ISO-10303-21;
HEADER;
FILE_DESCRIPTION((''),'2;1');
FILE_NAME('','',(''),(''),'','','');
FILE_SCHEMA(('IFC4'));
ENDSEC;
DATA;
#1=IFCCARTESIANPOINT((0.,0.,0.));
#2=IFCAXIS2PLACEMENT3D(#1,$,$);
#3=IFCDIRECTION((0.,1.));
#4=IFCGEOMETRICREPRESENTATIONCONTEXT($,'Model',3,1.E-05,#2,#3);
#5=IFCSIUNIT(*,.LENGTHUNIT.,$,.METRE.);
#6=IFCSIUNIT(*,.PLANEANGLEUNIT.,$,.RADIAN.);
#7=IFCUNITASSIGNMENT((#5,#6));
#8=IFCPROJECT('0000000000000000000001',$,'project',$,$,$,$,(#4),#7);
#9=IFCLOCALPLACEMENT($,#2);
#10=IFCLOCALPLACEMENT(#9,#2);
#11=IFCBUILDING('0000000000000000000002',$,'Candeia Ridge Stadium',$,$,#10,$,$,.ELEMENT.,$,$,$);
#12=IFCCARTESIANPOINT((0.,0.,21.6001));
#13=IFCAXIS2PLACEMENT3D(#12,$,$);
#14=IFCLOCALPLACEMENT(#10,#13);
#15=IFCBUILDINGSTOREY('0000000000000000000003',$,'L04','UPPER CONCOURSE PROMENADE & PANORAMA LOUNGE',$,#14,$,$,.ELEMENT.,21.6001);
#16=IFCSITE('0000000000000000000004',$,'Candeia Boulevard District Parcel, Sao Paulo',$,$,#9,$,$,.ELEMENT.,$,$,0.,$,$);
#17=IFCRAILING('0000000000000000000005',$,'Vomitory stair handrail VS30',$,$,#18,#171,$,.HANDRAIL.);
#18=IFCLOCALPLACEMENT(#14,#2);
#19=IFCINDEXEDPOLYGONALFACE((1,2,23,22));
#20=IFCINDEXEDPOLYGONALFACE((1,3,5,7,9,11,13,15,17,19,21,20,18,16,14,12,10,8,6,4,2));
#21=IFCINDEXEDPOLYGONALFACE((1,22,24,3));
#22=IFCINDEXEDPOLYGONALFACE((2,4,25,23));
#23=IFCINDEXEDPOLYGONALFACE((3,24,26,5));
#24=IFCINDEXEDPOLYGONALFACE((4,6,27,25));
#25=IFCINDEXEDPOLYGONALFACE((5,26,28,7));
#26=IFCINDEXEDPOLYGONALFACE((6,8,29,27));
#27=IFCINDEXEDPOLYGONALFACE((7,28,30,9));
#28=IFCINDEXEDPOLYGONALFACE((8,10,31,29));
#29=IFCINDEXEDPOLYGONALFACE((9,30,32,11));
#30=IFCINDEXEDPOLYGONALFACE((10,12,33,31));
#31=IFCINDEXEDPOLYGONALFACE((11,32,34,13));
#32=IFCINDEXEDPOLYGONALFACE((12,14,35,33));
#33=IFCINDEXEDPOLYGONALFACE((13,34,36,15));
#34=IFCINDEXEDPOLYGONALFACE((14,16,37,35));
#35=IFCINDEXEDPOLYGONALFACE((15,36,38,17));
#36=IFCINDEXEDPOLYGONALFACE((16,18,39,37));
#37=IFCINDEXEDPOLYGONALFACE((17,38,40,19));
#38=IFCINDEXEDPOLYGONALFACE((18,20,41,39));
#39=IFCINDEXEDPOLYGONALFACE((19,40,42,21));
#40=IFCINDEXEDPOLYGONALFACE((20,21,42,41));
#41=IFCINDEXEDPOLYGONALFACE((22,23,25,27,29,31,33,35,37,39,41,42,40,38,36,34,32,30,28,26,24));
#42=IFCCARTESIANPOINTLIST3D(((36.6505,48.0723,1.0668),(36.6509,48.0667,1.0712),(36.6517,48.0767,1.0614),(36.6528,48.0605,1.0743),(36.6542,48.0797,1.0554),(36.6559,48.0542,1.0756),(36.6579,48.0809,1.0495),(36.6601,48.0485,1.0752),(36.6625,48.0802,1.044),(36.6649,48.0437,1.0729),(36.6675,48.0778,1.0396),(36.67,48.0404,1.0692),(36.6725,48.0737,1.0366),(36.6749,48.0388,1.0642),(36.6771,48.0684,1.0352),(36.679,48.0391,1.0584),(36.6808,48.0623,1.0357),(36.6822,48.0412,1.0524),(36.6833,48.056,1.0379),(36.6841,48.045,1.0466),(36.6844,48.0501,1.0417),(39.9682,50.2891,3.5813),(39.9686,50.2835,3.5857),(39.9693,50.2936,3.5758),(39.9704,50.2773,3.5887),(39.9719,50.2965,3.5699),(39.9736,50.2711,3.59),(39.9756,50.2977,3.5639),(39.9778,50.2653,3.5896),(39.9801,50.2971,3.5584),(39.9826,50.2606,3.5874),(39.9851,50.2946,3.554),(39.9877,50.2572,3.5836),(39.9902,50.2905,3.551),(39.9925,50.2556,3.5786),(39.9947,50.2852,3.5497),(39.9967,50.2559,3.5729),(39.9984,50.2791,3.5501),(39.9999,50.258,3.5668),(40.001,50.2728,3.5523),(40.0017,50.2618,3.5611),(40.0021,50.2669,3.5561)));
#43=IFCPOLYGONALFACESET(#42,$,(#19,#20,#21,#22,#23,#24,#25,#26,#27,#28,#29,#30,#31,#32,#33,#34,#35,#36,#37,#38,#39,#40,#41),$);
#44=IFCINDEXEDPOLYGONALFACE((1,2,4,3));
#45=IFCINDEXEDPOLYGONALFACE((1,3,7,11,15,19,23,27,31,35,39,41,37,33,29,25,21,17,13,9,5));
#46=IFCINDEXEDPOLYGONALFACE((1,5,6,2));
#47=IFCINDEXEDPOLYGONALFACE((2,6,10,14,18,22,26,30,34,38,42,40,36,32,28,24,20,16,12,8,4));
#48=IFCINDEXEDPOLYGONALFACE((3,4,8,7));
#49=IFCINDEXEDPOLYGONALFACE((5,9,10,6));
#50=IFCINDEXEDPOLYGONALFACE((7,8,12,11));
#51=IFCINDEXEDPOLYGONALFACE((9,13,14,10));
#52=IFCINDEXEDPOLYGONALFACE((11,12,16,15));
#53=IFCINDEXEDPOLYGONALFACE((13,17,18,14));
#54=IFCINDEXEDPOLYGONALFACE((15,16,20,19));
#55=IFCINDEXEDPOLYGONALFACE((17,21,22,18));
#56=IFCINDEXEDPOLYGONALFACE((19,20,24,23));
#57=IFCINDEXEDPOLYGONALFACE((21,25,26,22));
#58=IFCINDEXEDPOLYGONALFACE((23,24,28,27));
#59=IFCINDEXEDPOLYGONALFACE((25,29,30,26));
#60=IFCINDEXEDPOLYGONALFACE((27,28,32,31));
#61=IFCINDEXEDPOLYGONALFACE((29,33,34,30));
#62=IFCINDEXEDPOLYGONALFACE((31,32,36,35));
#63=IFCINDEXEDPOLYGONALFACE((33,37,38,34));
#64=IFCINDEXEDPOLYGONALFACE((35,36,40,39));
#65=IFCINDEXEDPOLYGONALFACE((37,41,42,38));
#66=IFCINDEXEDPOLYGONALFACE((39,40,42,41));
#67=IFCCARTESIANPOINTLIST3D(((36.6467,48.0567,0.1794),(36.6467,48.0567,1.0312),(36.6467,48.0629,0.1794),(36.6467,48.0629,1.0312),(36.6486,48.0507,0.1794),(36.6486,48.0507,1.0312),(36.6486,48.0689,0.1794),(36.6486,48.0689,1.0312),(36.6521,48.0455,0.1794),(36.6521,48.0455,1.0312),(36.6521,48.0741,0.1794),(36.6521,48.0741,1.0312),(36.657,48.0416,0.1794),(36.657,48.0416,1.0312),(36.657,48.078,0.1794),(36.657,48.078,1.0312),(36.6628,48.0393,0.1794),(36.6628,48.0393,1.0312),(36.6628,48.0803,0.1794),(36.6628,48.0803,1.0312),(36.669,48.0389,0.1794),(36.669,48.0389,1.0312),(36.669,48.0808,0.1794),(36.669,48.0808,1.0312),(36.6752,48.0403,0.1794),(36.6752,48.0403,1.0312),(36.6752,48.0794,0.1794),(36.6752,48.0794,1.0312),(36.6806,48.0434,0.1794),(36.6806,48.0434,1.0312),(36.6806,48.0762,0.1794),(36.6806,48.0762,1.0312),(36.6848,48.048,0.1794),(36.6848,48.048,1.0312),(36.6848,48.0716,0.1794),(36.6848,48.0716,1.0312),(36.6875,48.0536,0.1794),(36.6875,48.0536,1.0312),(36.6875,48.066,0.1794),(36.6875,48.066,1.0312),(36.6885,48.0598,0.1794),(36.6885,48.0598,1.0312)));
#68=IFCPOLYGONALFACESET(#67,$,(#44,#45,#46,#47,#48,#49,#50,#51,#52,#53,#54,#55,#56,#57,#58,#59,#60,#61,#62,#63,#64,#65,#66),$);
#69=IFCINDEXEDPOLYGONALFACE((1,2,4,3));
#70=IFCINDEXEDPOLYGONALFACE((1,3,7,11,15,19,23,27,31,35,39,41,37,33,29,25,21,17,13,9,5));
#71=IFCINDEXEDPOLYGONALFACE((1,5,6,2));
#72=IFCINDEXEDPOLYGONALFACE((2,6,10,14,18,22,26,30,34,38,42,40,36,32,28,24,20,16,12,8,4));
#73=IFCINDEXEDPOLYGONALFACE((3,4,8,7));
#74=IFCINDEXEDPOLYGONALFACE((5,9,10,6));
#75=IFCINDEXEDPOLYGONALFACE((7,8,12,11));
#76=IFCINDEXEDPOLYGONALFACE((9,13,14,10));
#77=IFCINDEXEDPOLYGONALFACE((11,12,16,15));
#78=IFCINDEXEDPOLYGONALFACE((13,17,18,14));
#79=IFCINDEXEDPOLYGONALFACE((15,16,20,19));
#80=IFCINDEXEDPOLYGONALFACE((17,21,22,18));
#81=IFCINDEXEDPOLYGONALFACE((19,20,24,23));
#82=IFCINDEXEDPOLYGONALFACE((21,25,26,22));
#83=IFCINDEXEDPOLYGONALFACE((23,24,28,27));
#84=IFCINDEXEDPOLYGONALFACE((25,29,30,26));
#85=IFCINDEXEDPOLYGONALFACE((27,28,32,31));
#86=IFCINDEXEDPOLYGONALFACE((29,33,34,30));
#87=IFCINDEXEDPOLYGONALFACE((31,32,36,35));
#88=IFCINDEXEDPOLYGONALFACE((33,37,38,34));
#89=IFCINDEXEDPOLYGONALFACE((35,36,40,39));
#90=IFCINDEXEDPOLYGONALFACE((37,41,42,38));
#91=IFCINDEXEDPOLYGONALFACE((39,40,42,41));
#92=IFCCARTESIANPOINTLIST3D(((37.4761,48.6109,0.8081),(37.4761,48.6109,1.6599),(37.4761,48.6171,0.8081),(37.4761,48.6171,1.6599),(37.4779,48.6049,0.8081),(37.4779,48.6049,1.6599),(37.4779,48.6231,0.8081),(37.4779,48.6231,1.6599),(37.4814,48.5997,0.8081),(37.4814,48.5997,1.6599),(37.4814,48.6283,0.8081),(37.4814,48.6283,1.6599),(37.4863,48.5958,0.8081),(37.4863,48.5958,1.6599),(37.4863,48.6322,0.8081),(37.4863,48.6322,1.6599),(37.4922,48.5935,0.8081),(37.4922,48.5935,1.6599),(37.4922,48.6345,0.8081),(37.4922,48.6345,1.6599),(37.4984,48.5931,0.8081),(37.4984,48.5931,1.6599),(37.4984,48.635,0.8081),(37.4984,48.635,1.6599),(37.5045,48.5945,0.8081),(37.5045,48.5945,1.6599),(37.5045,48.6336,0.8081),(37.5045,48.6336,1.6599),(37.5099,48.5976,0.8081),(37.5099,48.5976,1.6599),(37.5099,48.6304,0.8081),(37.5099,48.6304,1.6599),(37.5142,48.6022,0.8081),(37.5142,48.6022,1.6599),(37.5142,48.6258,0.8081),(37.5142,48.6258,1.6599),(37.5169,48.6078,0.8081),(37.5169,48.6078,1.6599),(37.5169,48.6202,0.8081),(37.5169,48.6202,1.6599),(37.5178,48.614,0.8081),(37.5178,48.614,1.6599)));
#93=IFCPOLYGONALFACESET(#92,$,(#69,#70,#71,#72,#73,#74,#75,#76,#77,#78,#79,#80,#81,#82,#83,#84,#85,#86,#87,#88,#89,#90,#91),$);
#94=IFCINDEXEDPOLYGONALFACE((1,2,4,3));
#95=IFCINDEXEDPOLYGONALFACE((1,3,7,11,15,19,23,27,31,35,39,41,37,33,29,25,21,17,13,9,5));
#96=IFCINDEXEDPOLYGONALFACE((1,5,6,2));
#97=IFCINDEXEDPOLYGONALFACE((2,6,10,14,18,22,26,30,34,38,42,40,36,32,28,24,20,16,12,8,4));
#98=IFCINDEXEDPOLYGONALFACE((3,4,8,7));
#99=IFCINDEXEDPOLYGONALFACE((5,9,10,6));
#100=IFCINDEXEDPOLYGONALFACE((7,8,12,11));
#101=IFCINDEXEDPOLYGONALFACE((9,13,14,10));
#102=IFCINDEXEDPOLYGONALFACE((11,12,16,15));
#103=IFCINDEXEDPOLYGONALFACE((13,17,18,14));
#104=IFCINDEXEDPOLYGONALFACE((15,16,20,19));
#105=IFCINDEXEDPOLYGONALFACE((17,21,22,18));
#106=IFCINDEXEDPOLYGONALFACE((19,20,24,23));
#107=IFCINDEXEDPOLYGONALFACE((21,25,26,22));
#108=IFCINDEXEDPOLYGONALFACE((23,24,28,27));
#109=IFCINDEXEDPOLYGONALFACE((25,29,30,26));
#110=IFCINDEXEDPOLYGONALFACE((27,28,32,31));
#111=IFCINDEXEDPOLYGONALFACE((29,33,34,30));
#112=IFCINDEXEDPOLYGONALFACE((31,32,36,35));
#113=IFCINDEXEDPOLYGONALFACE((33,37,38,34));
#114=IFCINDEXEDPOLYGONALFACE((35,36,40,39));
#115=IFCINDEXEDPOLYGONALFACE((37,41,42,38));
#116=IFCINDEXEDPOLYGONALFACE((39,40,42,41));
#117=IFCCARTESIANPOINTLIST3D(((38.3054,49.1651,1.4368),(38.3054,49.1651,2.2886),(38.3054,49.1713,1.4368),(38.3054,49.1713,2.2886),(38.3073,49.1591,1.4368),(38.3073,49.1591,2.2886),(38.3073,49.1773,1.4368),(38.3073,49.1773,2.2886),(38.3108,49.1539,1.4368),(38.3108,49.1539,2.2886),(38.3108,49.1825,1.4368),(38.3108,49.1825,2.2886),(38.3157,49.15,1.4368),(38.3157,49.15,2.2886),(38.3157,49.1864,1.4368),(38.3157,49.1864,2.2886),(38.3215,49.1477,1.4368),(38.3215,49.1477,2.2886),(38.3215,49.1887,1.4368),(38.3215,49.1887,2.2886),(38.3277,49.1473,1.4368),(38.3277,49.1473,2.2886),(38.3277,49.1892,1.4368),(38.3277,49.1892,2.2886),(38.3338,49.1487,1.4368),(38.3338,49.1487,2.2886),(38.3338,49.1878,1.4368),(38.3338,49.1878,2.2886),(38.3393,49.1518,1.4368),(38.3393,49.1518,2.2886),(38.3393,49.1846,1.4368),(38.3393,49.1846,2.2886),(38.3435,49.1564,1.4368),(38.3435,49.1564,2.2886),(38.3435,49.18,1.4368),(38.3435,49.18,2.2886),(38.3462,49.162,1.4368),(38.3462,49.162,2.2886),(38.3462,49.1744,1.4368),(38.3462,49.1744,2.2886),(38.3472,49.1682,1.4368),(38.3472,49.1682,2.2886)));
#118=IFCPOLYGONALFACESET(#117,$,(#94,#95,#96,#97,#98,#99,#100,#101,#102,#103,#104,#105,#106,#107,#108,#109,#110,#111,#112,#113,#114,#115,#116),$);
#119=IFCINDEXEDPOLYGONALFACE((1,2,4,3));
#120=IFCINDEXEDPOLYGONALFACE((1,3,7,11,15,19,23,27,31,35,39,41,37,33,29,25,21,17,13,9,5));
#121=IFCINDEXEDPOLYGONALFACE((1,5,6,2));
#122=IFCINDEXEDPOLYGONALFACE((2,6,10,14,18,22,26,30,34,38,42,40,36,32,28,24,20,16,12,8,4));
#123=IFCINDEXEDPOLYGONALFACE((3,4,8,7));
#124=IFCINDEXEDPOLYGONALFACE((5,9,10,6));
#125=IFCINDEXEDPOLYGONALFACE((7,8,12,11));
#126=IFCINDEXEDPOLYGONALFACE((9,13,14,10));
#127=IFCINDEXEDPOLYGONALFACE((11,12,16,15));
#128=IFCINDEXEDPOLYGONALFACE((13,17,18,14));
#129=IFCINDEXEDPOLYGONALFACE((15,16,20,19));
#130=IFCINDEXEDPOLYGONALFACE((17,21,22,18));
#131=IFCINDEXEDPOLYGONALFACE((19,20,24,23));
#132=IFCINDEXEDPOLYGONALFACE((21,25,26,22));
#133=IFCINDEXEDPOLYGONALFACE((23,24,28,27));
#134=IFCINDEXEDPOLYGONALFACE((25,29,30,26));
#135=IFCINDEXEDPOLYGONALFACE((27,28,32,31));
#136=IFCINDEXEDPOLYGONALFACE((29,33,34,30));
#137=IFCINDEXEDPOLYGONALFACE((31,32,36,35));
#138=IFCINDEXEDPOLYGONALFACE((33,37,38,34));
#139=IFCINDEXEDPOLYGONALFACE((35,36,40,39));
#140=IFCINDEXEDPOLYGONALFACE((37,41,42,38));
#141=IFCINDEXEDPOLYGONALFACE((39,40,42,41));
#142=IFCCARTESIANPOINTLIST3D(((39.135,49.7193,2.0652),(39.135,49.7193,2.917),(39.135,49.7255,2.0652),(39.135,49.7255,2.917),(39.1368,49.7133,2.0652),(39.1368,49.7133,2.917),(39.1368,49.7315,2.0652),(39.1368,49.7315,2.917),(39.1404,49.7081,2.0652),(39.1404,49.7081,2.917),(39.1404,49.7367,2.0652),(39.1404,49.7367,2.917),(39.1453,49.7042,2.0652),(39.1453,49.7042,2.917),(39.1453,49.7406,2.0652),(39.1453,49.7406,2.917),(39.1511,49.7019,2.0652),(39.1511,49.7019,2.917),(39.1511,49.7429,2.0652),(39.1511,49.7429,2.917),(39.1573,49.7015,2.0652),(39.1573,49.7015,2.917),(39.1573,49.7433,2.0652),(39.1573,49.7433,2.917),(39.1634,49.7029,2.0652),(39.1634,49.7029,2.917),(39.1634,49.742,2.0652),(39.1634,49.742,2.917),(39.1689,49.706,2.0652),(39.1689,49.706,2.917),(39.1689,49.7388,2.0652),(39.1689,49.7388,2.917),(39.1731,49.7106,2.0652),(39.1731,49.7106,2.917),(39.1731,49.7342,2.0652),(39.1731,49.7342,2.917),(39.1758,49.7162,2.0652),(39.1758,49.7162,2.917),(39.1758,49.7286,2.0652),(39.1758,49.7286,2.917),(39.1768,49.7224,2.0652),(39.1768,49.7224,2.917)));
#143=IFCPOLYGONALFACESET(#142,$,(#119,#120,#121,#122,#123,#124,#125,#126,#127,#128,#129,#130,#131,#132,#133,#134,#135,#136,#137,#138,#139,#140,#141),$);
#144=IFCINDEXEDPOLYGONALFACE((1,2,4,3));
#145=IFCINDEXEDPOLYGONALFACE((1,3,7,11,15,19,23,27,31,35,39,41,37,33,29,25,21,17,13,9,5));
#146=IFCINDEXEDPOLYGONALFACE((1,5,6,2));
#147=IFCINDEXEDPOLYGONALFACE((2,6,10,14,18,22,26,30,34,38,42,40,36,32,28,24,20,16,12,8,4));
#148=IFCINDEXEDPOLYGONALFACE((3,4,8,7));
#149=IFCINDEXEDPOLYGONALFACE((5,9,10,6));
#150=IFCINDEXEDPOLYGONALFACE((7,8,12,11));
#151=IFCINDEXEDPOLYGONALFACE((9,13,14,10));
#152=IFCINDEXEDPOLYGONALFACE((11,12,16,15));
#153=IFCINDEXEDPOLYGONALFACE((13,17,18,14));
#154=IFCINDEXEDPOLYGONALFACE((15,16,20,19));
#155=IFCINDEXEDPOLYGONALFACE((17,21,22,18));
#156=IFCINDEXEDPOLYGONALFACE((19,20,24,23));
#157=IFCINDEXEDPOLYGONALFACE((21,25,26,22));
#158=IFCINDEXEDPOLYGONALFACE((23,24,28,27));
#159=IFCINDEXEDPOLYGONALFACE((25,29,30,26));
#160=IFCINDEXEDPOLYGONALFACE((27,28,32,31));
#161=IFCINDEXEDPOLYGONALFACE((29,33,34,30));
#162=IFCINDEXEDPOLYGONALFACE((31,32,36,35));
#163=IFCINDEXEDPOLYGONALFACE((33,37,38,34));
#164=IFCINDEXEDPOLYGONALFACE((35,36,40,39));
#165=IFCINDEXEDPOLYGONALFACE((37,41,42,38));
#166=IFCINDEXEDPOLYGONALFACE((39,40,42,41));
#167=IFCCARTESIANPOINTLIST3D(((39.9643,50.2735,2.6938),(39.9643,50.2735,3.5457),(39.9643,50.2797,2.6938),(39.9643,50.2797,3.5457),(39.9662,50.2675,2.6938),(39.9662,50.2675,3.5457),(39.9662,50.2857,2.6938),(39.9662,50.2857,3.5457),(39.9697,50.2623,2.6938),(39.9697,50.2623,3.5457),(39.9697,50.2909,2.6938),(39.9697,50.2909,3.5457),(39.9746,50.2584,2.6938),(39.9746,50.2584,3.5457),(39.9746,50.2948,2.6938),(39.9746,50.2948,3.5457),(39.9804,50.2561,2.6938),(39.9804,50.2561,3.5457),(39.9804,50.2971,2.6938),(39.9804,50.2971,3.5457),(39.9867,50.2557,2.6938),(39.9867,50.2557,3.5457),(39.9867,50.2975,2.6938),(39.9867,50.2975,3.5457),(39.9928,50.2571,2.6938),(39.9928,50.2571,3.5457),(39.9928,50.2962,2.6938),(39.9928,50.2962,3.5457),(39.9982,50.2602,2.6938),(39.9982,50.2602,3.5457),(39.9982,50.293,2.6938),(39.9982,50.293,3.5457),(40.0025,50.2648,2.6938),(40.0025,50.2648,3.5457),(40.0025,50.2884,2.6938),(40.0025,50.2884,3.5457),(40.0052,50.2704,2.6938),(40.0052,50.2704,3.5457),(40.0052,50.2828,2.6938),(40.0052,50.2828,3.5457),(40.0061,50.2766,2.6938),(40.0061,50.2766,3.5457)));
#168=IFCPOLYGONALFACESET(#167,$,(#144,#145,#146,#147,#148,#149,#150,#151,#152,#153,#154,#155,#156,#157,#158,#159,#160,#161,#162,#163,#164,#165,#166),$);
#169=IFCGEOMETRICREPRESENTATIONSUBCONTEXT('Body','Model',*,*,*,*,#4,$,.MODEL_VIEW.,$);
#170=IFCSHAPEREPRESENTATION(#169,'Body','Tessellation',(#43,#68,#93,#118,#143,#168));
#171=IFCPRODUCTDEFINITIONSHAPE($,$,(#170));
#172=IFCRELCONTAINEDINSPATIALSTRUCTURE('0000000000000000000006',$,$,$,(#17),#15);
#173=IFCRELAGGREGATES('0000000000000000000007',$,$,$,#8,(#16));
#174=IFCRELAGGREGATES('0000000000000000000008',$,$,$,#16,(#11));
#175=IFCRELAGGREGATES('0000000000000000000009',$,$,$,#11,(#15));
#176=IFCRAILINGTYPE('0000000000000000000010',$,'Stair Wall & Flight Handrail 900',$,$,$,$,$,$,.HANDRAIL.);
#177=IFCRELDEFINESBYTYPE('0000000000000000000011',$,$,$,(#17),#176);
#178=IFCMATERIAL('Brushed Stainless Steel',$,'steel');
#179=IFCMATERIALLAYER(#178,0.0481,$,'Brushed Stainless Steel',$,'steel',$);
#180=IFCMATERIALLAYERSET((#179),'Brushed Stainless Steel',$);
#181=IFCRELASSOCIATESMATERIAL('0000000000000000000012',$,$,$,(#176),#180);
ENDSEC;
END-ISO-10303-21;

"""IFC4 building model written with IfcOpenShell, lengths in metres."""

from ifc_helpers import new_model, si_unit, direction, frame, origin, origin_2d, place, context, subcontext, project, spatial, circle, extrude, material, layer, layer_set, type_object, element, save


model = new_model("IFC4")

# Units and contexts
model_context = context("Model", 3, precision=1e-05, world=origin(), true_north=direction((0.0, 1.0)))
body_context = subcontext(model_context, "Body", "Model", "MODEL_VIEW")
ifc_project = project(units=[si_unit("LENGTHUNIT", "METRE"), si_unit("PLANEANGLEUNIT", "RADIAN")], contexts=[model_context])

# Site, building, storey
site_placement = place(None, origin())
site = spatial("IfcSite", under=ifc_project, at=site_placement, Name="Candeia Boulevard District Parcel, Sao Paulo", CompositionType="ELEMENT", RefElevation=0.0)
building_placement = place(site_placement, origin())
building = spatial("IfcBuilding", under=site, at=building_placement, Name="Candeia Ridge Stadium", CompositionType="ELEMENT")
storey_placement = place(building_placement, frame((0.0, 0.0, 21.6001)))
storey = spatial("IfcBuildingStorey", under=building, at=storey_placement, Name="L04", Description="UPPER CONCOURSE PROMENADE & PANORAMA LOUNGE", CompositionType="ELEMENT", Elevation=21.6001)

# Railing
ifc_material_1 = material(Name="Brushed Stainless Steel", Category="steel")
ifc_layer_1 = layer(ifc_material_1, 0.0481, Name="Brushed Stainless Steel", Category="steel")
ifc_layer_set_1 = layer_set([ifc_layer_1], Name="Brushed Stainless Steel")
railing_type_1 = type_object("IfcRailingType", Name="Stair Wall & Flight Handrail 900", PredefinedType="HANDRAIL", material=ifc_layer_set_1)
railing_1_placement = place(storey_placement, frame((36.6675, 48.0598, 0.1794)))
element("IfcRailing", 1, at=railing_1_placement, inside=storey, type_object=railing_type_1, Name="Vomitory stair handrail VS30", PredefinedType="HANDRAIL", context=body_context, shape_type="SweptSolid", body=[
    extrude(circle(Radius=0.0239, at=origin_2d()), frame((0.0, 0.0, 0.876), z_axis=(0.703445, 0.470033, 0.533136), x_axis=(-0.555575, 0.831466, 0.0)), (0.0, 0.0, 1.0), 4.7163),
    extrude(circle(Radius=0.021, at=origin_2d()), origin(), (0.0, 0.0, 1.0), 0.8518),
    extrude(circle(Radius=0.021, at=origin_2d()), frame((0.8293, 0.5542, 0.6287)), (0.0, 0.0, 1.0), 0.8518),
    extrude(circle(Radius=0.021, at=origin_2d()), frame((1.6587, 1.1084, 1.2573)), (0.0, 0.0, 1.0), 0.8518),
    extrude(circle(Radius=0.021, at=origin_2d()), frame((2.4883, 1.6626, 1.8857)), (0.0, 0.0, 1.0), 0.8518),
    extrude(circle(Radius=0.021, at=origin_2d()), frame((3.3176, 2.2168, 2.5144)), (0.0, 0.0, 1.0), 0.8518),
])

save(model, "model.ifc")
